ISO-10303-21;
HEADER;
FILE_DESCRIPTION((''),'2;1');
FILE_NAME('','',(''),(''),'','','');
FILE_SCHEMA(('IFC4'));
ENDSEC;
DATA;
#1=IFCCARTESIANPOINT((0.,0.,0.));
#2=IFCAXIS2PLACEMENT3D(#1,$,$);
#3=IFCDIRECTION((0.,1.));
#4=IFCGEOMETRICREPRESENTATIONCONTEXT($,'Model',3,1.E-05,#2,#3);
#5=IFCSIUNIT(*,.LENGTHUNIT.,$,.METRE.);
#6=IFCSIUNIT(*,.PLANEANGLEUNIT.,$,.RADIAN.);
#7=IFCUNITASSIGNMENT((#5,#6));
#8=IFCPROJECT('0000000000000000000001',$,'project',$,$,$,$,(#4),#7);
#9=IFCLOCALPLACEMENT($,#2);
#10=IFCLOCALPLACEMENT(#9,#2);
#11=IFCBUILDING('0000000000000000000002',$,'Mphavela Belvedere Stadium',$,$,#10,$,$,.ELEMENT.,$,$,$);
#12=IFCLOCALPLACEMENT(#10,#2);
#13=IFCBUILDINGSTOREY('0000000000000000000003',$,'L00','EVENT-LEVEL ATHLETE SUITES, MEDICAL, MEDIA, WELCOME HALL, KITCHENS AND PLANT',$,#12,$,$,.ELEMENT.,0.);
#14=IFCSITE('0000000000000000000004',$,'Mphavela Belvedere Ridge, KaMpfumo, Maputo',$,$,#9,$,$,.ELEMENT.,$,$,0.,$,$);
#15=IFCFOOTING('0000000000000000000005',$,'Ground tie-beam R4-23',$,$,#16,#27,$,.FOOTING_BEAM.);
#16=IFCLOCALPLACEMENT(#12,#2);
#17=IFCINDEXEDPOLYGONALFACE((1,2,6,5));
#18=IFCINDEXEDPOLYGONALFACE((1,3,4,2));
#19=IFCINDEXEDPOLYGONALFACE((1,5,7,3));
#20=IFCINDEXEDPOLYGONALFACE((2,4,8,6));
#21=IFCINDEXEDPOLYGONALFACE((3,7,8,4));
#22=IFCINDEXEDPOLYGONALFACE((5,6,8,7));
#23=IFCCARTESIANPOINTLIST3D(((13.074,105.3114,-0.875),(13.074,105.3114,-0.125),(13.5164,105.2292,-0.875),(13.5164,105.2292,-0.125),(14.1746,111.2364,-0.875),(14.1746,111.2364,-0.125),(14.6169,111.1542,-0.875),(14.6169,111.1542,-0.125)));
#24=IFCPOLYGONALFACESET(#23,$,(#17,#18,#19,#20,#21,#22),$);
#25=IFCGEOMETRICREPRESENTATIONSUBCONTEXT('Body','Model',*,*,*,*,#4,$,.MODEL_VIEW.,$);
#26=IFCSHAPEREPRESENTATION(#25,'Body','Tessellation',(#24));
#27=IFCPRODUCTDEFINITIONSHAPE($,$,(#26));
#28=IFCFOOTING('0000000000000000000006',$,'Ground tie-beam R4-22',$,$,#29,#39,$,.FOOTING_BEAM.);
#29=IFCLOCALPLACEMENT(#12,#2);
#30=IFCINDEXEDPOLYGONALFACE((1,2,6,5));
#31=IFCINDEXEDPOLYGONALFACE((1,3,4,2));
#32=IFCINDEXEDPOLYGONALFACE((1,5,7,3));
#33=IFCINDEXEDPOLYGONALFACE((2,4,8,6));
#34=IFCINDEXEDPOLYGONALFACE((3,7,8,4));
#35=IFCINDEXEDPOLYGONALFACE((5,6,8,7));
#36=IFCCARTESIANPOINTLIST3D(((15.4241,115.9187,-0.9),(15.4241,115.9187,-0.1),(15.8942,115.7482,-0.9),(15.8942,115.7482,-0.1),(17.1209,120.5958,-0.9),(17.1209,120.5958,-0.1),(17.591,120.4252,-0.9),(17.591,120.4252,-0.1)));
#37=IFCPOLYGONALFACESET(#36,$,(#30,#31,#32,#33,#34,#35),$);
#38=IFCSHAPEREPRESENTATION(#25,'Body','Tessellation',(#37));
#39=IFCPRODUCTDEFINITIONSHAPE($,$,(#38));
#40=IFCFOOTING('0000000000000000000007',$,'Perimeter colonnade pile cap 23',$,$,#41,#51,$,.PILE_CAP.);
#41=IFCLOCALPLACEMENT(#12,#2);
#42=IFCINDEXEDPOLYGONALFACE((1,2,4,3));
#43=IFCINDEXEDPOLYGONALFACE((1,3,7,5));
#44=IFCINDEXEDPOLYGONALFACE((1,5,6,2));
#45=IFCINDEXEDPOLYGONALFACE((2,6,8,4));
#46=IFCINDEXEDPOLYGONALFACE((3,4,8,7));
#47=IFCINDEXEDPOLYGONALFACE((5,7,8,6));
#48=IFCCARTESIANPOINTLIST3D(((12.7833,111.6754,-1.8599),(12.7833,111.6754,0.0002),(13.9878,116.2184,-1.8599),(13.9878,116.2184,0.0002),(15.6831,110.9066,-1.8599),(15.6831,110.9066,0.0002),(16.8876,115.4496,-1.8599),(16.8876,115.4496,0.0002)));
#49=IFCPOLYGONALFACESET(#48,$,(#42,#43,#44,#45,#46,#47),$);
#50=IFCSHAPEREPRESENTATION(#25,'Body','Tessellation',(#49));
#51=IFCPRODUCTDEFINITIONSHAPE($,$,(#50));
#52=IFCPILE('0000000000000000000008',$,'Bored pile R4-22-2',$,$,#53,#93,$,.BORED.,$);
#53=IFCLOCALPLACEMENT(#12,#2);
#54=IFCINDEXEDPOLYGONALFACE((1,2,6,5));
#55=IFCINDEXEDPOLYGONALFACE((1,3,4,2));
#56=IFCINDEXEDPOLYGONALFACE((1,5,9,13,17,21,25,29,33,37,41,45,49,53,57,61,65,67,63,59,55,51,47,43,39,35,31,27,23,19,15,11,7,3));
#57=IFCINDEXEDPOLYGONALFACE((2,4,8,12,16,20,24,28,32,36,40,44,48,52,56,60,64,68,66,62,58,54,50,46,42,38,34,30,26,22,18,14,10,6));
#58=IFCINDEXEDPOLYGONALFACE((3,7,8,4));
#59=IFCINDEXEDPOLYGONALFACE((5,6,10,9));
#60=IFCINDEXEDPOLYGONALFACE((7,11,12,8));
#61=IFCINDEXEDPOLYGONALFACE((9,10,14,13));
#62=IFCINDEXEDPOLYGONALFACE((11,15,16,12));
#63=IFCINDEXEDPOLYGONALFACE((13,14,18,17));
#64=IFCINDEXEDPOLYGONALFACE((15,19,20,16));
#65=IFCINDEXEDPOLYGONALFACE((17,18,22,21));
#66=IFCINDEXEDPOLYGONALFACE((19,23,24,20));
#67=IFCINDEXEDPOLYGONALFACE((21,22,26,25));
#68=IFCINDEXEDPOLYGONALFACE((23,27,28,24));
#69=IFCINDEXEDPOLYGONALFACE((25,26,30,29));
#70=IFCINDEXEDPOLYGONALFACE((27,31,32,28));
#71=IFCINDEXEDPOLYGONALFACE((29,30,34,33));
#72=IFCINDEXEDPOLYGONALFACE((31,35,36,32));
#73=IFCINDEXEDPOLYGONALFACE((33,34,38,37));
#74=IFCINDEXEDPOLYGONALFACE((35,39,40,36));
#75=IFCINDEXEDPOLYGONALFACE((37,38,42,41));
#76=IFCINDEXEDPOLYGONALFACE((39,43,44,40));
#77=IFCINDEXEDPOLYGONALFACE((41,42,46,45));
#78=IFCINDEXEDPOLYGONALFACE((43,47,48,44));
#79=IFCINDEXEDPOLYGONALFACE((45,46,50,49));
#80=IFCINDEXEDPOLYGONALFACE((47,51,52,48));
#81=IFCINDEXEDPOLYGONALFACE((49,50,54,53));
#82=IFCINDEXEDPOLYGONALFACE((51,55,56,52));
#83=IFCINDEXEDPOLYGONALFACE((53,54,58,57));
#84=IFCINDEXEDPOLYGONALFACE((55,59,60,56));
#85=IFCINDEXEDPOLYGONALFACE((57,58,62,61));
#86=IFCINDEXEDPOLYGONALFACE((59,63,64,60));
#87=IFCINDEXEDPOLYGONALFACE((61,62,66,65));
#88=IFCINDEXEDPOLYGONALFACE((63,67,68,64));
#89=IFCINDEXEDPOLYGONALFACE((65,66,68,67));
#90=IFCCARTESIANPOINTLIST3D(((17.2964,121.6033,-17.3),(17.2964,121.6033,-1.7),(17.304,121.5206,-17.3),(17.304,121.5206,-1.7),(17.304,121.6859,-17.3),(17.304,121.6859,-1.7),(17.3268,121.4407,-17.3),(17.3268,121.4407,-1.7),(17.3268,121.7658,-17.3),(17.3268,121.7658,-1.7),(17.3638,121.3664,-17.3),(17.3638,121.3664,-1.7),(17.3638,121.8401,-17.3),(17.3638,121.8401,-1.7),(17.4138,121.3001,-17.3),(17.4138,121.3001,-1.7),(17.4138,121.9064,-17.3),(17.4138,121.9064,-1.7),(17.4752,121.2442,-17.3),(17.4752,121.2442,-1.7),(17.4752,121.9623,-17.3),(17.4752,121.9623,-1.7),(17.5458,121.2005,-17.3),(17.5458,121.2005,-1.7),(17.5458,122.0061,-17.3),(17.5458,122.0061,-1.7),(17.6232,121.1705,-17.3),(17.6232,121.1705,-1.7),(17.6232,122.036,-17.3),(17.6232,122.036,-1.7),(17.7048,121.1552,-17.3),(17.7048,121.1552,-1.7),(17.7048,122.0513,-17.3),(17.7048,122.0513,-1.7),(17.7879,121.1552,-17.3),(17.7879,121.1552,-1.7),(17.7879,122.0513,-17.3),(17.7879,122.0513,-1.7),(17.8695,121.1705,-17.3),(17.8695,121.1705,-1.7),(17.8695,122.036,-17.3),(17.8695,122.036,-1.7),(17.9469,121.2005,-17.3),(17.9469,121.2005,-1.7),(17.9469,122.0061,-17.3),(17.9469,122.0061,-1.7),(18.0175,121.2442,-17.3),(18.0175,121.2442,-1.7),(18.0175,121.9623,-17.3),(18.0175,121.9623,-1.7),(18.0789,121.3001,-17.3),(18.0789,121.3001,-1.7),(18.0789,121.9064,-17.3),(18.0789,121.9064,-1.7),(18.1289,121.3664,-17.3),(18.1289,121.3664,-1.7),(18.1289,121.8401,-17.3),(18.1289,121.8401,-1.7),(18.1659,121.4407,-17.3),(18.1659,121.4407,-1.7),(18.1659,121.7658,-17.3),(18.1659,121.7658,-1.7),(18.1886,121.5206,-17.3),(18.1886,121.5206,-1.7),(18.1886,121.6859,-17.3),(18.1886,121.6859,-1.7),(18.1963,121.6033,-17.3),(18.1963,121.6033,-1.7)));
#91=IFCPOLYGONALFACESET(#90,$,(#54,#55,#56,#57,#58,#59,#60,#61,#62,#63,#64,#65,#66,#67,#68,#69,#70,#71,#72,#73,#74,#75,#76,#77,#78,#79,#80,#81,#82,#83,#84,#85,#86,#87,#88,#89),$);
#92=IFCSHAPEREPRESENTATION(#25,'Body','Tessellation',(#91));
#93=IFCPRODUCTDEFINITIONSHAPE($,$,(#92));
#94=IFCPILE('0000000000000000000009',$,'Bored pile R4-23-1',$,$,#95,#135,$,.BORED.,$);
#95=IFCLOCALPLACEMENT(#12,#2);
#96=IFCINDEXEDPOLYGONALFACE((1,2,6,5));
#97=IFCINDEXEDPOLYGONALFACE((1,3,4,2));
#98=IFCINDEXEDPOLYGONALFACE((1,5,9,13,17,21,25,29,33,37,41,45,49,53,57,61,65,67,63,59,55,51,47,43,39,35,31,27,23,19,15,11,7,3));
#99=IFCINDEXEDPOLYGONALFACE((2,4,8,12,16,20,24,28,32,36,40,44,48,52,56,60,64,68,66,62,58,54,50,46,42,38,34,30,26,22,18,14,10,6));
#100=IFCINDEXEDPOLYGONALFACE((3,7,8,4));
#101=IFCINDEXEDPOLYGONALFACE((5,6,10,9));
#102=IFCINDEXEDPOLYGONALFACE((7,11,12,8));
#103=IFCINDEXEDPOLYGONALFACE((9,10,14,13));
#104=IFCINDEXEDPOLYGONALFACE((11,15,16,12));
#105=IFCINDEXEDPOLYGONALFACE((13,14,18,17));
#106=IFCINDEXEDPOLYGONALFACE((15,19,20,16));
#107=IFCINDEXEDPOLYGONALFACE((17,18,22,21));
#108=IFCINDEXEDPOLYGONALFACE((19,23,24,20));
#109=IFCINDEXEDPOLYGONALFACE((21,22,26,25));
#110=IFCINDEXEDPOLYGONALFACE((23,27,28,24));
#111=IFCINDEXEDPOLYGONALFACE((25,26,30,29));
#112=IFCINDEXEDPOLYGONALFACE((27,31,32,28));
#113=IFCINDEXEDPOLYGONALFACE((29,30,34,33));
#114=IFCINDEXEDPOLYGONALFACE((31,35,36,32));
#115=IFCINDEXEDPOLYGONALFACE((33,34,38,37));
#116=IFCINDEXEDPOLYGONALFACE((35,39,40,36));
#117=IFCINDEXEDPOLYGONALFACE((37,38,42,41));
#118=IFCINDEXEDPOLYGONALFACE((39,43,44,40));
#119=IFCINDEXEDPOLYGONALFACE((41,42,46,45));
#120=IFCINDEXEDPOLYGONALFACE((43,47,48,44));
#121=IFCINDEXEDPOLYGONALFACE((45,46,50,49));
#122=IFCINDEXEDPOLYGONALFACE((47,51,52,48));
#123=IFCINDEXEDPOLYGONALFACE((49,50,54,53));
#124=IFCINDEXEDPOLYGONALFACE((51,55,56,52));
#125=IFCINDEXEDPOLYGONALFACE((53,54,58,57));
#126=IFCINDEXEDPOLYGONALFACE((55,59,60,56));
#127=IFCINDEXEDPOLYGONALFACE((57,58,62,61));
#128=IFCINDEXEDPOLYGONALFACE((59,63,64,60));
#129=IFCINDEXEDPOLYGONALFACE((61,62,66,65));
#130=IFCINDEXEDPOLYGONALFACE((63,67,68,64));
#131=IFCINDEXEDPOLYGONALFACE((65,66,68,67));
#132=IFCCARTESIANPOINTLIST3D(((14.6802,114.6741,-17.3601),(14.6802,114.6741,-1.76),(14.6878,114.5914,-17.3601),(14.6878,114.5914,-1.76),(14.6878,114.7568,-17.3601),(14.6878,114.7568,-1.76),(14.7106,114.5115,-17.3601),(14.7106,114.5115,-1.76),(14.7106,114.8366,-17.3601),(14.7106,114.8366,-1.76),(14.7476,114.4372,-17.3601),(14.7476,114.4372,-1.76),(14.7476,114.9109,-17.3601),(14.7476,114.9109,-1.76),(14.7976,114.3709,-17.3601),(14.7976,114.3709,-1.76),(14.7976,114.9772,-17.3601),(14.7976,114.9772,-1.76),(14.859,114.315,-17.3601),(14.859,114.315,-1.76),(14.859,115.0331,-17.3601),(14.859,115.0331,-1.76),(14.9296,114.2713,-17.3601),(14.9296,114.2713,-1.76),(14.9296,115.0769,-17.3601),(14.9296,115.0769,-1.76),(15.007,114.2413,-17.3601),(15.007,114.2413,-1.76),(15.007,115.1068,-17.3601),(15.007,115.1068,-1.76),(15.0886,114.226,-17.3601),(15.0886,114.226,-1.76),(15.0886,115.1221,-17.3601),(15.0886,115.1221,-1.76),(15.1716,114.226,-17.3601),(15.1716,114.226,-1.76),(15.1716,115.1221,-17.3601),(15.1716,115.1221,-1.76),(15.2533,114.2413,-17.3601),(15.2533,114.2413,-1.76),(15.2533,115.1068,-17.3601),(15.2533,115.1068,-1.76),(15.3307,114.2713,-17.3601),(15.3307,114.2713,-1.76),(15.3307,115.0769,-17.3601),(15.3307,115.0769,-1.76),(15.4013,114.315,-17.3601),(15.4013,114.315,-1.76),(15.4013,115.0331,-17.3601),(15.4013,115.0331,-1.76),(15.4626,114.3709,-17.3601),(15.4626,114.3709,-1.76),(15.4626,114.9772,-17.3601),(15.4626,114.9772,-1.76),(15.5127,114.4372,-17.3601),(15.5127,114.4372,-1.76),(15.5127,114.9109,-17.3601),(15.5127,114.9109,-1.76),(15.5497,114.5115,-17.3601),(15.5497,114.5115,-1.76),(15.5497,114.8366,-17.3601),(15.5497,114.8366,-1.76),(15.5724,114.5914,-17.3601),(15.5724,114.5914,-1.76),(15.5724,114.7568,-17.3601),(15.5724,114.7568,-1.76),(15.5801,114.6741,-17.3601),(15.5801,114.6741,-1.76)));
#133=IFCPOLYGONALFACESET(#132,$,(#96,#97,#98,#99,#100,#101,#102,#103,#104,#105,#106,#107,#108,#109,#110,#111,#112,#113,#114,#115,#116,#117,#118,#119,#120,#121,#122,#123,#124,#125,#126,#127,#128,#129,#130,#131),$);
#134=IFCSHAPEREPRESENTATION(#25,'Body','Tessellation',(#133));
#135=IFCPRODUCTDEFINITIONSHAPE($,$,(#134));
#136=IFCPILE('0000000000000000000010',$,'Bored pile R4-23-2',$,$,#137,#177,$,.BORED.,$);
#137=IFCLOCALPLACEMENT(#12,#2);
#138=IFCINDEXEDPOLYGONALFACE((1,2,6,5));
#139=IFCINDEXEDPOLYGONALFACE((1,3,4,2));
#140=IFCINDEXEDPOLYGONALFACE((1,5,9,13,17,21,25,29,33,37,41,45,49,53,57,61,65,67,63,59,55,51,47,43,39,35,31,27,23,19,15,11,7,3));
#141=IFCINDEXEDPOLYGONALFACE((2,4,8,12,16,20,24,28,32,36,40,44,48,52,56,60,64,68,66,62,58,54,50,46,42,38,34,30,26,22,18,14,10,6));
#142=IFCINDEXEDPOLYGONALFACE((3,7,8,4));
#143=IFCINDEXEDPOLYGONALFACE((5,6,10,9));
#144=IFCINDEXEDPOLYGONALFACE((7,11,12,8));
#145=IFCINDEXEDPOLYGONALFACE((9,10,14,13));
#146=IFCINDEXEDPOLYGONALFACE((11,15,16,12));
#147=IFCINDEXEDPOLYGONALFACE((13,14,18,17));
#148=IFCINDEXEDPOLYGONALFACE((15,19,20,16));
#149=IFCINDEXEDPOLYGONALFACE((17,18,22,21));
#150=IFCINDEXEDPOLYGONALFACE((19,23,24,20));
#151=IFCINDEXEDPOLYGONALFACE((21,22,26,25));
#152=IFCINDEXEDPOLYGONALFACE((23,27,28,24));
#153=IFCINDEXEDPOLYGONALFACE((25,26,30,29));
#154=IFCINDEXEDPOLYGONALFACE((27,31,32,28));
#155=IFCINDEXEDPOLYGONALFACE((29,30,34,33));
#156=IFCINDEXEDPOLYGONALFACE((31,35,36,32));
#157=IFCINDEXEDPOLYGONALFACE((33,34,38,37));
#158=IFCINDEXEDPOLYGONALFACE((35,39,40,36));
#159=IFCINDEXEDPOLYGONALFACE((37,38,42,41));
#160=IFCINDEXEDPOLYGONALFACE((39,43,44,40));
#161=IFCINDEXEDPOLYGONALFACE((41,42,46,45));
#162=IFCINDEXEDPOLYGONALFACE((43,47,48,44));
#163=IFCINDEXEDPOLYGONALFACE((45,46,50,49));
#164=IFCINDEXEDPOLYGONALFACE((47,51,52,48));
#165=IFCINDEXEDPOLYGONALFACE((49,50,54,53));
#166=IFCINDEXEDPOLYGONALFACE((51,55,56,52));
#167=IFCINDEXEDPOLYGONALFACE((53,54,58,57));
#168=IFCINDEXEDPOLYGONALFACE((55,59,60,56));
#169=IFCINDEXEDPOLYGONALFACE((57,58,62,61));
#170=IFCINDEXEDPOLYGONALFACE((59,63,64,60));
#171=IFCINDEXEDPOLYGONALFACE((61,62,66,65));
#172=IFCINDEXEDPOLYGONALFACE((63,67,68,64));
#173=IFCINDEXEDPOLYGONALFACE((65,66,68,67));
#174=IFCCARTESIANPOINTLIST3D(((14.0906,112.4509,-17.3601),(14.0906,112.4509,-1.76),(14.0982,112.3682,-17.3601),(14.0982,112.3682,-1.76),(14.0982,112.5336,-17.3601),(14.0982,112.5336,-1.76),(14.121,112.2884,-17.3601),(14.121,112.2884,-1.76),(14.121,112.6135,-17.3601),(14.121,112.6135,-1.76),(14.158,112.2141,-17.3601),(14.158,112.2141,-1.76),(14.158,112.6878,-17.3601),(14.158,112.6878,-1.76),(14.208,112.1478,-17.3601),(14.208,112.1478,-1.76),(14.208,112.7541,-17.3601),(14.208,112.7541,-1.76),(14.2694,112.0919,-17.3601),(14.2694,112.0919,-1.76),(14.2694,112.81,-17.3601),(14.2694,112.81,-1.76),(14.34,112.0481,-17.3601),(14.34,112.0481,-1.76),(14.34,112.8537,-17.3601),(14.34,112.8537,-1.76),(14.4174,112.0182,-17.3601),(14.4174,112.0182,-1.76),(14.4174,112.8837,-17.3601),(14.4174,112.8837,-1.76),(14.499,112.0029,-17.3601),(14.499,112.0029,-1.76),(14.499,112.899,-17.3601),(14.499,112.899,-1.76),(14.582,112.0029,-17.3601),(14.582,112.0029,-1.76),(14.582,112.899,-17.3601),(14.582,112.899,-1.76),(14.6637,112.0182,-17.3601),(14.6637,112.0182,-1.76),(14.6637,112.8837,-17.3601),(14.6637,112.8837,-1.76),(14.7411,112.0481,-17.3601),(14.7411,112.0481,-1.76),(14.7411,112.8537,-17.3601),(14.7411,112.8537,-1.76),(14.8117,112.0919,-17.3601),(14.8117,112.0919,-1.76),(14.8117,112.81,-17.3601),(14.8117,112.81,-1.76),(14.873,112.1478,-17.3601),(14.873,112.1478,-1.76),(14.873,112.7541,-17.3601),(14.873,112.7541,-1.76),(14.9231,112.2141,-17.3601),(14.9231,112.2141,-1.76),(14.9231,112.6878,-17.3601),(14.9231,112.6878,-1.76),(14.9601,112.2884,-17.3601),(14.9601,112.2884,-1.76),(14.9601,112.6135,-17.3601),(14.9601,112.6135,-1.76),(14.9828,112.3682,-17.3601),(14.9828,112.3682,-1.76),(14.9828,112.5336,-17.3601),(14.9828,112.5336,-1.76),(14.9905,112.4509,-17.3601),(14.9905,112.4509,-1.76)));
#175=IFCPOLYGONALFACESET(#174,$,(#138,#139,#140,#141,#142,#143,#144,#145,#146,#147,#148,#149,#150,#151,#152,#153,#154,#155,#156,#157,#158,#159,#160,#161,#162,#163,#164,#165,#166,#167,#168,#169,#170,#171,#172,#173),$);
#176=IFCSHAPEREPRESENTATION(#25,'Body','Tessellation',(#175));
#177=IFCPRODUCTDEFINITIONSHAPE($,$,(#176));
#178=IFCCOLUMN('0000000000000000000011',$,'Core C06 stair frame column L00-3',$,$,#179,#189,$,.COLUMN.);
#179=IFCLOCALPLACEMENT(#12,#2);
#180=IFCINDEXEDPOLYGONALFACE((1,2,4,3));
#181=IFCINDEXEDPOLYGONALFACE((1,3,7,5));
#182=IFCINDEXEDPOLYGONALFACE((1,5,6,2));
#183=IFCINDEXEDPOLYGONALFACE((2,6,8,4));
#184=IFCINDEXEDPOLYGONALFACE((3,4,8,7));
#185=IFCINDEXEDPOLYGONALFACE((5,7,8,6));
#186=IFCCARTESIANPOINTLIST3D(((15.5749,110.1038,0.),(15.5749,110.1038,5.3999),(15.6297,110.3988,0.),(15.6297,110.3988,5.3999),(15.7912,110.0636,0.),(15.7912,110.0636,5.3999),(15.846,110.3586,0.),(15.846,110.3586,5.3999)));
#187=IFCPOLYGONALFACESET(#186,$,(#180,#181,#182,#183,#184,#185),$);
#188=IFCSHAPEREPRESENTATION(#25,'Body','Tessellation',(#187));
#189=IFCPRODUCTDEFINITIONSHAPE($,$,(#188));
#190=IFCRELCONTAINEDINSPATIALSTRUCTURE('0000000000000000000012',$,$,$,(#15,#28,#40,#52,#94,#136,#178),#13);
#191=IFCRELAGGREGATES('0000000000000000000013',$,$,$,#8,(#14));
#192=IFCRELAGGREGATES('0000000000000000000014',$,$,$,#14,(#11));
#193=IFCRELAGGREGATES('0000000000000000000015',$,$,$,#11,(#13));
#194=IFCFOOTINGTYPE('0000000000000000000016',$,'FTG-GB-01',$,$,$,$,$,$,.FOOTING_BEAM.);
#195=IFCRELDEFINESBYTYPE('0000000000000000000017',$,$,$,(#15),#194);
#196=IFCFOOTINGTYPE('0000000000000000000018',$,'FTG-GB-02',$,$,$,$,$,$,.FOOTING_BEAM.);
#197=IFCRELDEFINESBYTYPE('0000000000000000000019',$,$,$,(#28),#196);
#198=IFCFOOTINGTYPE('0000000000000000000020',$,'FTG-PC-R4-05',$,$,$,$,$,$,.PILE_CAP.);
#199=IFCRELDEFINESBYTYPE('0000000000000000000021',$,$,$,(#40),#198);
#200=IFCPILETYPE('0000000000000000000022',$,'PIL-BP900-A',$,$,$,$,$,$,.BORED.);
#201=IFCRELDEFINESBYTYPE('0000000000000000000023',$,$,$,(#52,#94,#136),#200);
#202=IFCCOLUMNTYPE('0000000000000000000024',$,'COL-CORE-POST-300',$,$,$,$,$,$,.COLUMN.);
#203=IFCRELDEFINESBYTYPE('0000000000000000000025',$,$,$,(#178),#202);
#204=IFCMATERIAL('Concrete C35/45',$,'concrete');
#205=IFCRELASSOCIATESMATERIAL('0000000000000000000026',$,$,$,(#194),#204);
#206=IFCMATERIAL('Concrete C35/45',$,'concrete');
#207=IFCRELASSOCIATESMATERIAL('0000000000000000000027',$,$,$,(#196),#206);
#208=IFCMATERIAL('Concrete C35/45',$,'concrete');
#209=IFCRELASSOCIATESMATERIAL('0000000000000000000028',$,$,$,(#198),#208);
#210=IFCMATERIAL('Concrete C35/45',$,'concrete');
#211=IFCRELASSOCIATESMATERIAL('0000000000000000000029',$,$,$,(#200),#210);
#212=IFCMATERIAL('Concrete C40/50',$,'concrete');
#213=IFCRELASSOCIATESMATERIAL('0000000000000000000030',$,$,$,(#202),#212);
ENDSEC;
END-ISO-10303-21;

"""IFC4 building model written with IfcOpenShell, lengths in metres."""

from ifc_helpers import new_model, si_unit, direction, frame, origin, origin_2d, place, context, subcontext, project, spatial, rectangle, circle, extrude, material, material_profile, profile_set, type_object, element, save


model = new_model("IFC4")

# Units and contexts
model_context = context("Model", 3, precision=1e-05, world=origin(), true_north=direction((0.0, 1.0)))
body_context = subcontext(model_context, "Body", "Model", "MODEL_VIEW")
ifc_project = project(units=[si_unit("LENGTHUNIT", "METRE"), si_unit("PLANEANGLEUNIT", "RADIAN")], contexts=[model_context])

# Site, building, storey
site_placement = place(None, origin())
site = spatial("IfcSite", under=ifc_project, at=site_placement, Name="Mphavela Belvedere Ridge, KaMpfumo, Maputo", CompositionType="ELEMENT", RefElevation=0.0)
building_placement = place(site_placement, origin())
building = spatial("IfcBuilding", under=site, at=building_placement, Name="Mphavela Belvedere Stadium", CompositionType="ELEMENT")
storey_placement = place(building_placement, origin())
storey = spatial("IfcBuildingStorey", under=building, at=storey_placement, Name="L00", Description="EVENT-LEVEL ATHLETE SUITES, MEDICAL, MEDIA, WELCOME HALL, KITCHENS AND PLANT", CompositionType="ELEMENT", Elevation=0.0)

# Footings
ifc_material_1 = material(Name="Concrete C35/45", Category="concrete")
ifc_material_profile_1 = material_profile(ifc_material_1, rectangle(XDim=0.45, YDim=0.75, at=origin_2d()), Name="GB 450x750")
ifc_profile_set_1 = profile_set([ifc_material_profile_1], Name="Concrete C35/45")
footing_type_1 = type_object("IfcFootingType", Name="FTG-GB-01", PredefinedType="FOOTING_BEAM", material=ifc_profile_set_1)
footing_1_placement = place(storey_placement, frame((14.3958, 111.1953, -0.5), z_axis=(-0.182627, -0.983182, 0.0), x_axis=(0.983182, -0.182627, 0.0)))
element("IfcFooting", 1, at=footing_1_placement, inside=storey, type_object=footing_type_1, Name="Ground tie-beam R4-23", PredefinedType="FOOTING_BEAM", context=body_context, shape_type="SweptSolid", body=[
    extrude(rectangle(XDim=0.45, YDim=0.75, at=origin_2d()), origin(), (0.0, 0.0, 1.0), 6.0264),
])
ifc_material_2 = material(Name="Concrete C35/45", Category="concrete")
ifc_material_profile_2 = material_profile(ifc_material_2, rectangle(XDim=0.5, YDim=0.8, at=origin_2d()), Name="GB 500x800")
ifc_profile_set_2 = profile_set([ifc_material_profile_2], Name="Concrete C35/45")
footing_type_2 = type_object("IfcFootingType", Name="FTG-GB-02", PredefinedType="FOOTING_BEAM", material=ifc_profile_set_2)
footing_2_placement = place(storey_placement, frame((17.356, 120.5105, -0.5), z_axis=(-0.341042, -0.940048, 0.0), x_axis=(0.940048, -0.341042, 0.0)))
element("IfcFooting", 2, at=footing_2_placement, inside=storey, type_object=footing_type_2, Name="Ground tie-beam R4-22", PredefinedType="FOOTING_BEAM", context=body_context, shape_type="SweptSolid", body=[
    extrude(rectangle(XDim=0.5, YDim=0.8, at=origin_2d()), origin(), (0.0, 0.0, 1.0), 4.9753),
])
ifc_material_3 = material(Name="Concrete C35/45", Category="concrete")
footing_type_3 = type_object("IfcFootingType", Name="FTG-PC-R4-05", PredefinedType="PILE_CAP", material=ifc_material_3)
footing_3_placement = place(storey_placement, frame((14.8354, 113.5625, -1.8599), z_axis=(0.0, 0.0, 1.0), x_axis=(-0.256289, -0.9666, 0.0)))
element("IfcFooting", 3, at=footing_3_placement, inside=storey, type_object=footing_type_3, Name="Perimeter colonnade pile cap 23", PredefinedType="PILE_CAP", context=body_context, shape_type="SweptSolid", body=[
    extrude(rectangle(XDim=4.7, YDim=3.0, at=origin_2d()), origin(), (0.0, 0.0, 1.0), 1.8601),
])

# Piles
ifc_material_4 = material(Name="Concrete C35/45", Category="concrete")
ifc_material_profile_3 = material_profile(ifc_material_4, circle(Radius=0.45, at=origin_2d()), Name="BP D900")
ifc_profile_set_3 = profile_set([ifc_material_profile_3], Name="Concrete C35/45")
pile_type = type_object("IfcPileType", Name="PIL-BP900-A", PredefinedType="BORED", material=ifc_profile_set_3)
for number, where, z_axis, x_axis, name in (
    (4, (17.7463, 121.6033, -1.7), (0.0, 0.0, -1.0), (1.0, 0.0, 0.0), "Bored pile R4-22-2"),
    (5, (15.1301, 114.6741, -1.76), (0.0, 0.0, -1.0), (1.0, 0.0, 0.0), "Bored pile R4-23-1"),
    (6, (14.5405, 112.4509, -1.76), (0.0, 0.0, -1.0), (1.0, 0.0, 0.0), "Bored pile R4-23-2"),
):
    element("IfcPile", number, at=place(storey_placement, frame(where, z_axis=z_axis, x_axis=x_axis)), inside=storey, type_object=pile_type, Name=name, PredefinedType="BORED", context=body_context, shape_type="SweptSolid", body=[
        extrude(circle(Radius=0.45, at=origin_2d()), origin(), (0.0, 0.0, 1.0), 15.6001),
    ])

# Column
ifc_material_5 = material(Name="Concrete C40/50", Category="concrete")
ifc_material_profile_4 = material_profile(ifc_material_5, rectangle(XDim=0.3, YDim=0.22, at=origin_2d()), Name="RC 300x220")
ifc_profile_set_4 = profile_set([ifc_material_profile_4], Name="Concrete C40/50")
column_type_1 = type_object("IfcColumnType", Name="COL-CORE-POST-300", PredefinedType="COLUMN", material=ifc_profile_set_4)
for number, where, z_axis, x_axis, name in (
    (7, (15.7104, 110.2312, 0.0), (0.0, 0.0, 1.0), (0.182579, 0.983191, 0.0), "Core C06 stair frame column L00-3"),
):
    element("IfcColumn", number, at=place(storey_placement, frame(where, z_axis=z_axis, x_axis=x_axis)), inside=storey, type_object=column_type_1, Name=name, PredefinedType="COLUMN", context=body_context, shape_type="SweptSolid", body=[
        extrude(rectangle(XDim=0.3, YDim=0.22, at=origin_2d()), origin(), (0.0, 0.0, 1.0), 5.3999),
    ])

save(model, "model.ifc")
